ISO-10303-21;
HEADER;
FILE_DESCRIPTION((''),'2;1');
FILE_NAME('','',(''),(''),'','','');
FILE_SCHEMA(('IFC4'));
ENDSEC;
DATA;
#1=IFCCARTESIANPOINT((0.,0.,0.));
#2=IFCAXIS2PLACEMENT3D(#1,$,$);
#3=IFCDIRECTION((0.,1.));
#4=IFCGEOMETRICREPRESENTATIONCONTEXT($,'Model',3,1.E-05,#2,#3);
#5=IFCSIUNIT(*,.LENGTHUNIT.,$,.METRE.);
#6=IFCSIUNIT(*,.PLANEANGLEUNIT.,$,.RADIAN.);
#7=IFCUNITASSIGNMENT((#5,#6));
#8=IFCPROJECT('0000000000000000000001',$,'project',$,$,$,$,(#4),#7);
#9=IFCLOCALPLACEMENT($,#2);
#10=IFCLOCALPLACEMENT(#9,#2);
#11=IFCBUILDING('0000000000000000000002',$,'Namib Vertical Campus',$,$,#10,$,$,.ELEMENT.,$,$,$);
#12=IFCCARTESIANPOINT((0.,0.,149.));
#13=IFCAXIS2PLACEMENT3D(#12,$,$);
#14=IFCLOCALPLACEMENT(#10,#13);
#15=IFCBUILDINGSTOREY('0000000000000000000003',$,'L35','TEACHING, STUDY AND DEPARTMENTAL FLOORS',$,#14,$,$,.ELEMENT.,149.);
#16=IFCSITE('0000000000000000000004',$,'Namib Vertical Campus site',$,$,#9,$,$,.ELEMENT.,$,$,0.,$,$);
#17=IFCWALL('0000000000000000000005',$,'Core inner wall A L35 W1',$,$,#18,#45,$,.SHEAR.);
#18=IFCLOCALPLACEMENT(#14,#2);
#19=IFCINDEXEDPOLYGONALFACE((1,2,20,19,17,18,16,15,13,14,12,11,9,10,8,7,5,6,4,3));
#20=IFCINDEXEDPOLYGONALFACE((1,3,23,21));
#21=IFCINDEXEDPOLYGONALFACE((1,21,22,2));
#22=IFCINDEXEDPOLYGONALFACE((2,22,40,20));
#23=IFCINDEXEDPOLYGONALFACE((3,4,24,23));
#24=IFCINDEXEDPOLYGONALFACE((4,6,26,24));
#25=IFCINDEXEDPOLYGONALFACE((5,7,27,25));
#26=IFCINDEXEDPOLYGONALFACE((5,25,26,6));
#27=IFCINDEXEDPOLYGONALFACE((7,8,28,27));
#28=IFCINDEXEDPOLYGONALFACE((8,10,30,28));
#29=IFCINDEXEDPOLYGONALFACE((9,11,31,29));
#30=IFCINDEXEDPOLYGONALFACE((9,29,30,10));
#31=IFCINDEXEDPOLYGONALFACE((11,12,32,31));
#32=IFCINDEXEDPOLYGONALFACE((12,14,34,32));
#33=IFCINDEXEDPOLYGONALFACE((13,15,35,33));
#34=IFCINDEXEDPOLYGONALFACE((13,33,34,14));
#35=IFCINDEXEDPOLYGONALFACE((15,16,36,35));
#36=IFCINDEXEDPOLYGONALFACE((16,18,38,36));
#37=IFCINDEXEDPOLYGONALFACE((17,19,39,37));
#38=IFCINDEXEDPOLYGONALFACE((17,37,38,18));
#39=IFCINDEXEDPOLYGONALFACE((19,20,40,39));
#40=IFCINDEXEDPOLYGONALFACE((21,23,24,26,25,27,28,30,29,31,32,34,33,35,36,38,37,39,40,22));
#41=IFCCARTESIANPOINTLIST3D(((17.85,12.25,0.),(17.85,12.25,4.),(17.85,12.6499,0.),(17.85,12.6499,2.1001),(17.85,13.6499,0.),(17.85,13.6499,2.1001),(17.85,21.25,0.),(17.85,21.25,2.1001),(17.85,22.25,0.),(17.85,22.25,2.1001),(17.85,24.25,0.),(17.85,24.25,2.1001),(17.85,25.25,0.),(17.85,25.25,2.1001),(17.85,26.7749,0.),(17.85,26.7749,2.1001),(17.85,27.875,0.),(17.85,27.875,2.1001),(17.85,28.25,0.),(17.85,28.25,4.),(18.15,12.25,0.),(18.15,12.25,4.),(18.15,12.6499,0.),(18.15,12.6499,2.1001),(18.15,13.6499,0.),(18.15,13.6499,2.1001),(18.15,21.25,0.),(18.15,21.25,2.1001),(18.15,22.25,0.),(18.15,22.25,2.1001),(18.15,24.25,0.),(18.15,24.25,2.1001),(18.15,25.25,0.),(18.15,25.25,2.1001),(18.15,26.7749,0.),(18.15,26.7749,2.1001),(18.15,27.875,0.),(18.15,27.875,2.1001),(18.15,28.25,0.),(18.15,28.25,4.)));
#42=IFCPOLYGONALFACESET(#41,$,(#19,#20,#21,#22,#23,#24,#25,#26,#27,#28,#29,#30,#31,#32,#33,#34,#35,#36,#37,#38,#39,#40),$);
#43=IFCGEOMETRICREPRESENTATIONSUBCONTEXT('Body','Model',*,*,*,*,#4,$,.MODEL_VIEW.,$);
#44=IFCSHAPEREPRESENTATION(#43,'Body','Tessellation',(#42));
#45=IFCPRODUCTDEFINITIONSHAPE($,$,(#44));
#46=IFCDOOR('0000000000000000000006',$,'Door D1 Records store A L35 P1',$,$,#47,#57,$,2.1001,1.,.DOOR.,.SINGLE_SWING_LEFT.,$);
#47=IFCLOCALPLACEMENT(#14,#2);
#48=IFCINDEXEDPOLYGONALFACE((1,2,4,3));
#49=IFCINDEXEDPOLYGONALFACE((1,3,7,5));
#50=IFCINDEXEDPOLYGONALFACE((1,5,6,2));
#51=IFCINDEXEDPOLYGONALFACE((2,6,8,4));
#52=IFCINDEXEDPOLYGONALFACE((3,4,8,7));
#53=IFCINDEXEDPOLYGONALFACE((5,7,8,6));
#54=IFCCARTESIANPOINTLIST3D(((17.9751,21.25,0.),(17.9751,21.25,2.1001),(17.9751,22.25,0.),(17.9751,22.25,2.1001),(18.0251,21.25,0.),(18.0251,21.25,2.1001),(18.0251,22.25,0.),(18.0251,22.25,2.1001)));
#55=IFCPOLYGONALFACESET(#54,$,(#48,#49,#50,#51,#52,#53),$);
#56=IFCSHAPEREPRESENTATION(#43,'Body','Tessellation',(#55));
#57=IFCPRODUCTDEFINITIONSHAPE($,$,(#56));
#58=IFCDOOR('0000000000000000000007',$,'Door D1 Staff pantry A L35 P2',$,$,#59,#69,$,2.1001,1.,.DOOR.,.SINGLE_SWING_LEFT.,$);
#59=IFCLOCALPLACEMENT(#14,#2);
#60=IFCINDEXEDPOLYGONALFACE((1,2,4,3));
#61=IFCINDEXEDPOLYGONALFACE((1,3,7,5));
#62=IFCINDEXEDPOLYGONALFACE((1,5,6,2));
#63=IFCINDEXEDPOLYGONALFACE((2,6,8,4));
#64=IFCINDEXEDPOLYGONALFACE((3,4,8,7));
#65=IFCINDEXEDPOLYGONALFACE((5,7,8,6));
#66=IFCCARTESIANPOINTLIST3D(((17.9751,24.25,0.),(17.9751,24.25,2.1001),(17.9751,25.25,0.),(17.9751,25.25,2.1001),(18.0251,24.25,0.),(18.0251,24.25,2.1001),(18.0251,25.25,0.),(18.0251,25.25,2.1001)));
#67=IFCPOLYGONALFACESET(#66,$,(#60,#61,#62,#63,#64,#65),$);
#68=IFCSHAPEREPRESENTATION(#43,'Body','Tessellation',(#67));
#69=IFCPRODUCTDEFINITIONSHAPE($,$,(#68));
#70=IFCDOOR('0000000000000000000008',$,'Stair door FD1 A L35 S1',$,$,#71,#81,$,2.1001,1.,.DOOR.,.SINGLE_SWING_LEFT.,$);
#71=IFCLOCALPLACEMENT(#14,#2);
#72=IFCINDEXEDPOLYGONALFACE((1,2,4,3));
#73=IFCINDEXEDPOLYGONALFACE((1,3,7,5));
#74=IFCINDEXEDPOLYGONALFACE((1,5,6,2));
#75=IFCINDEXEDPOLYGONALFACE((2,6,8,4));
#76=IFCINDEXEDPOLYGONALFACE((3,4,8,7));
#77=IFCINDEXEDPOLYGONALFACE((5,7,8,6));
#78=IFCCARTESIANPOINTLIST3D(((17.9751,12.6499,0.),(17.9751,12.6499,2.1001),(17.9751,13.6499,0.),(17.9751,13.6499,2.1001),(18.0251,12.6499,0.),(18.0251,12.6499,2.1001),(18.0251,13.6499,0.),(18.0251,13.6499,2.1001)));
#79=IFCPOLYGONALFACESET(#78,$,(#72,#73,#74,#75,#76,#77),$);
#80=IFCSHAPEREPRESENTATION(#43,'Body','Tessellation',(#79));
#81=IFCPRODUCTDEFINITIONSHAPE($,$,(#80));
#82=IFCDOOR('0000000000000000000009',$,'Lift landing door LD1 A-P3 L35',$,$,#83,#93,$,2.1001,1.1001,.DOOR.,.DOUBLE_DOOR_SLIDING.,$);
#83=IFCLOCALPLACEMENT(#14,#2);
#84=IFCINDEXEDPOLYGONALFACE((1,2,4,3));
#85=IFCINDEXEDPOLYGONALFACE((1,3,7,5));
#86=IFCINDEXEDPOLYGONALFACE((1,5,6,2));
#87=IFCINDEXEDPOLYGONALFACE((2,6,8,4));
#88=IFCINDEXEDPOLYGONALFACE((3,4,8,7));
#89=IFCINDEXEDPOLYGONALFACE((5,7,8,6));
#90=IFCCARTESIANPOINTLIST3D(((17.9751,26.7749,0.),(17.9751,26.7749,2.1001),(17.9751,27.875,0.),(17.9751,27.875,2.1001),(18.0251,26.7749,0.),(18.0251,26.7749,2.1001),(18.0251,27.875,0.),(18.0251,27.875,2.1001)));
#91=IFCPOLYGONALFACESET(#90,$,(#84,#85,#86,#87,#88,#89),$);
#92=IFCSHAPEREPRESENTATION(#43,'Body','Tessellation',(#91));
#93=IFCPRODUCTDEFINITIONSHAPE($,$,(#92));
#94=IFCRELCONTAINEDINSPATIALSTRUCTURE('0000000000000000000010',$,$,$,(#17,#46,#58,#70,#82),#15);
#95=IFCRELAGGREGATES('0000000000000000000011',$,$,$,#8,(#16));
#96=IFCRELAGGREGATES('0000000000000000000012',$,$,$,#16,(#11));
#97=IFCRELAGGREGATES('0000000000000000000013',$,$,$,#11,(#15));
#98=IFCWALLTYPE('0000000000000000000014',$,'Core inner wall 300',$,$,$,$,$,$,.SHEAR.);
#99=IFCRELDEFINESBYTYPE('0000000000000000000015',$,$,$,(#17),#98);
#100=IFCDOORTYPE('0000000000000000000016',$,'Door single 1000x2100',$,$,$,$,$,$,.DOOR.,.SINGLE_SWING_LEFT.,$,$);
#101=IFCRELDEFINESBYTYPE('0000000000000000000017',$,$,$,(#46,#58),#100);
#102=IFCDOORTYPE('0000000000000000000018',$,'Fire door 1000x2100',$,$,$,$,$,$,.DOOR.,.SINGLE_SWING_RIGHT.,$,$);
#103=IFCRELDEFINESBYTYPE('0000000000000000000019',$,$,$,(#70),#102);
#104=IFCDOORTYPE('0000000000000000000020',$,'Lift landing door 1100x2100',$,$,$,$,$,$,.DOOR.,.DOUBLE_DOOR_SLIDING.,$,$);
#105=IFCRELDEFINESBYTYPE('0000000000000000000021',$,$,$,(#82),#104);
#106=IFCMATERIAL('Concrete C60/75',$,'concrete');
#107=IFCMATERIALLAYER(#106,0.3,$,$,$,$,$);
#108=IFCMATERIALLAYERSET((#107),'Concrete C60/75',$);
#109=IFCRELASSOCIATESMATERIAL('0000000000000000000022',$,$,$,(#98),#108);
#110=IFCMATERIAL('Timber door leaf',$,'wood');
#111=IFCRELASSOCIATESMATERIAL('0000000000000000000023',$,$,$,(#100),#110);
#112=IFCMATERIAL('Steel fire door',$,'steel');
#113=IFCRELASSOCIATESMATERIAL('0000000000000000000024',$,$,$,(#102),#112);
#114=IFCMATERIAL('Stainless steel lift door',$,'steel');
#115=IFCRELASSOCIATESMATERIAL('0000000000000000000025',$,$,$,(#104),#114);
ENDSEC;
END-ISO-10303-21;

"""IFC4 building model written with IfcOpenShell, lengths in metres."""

from ifc_helpers import new_model, si_unit, direction, frame, frame_2d, origin, place, context, subcontext, project, spatial, rectangle, extrude, material, layer, layer_set, type_object, element, fill, save


model = new_model("IFC4")

# Units and contexts
model_context = context("Model", 3, precision=1e-05, world=origin(), true_north=direction((0.0, 1.0)))
body_context = subcontext(model_context, "Body", "Model", "MODEL_VIEW")
ifc_project = project(units=[si_unit("LENGTHUNIT", "METRE"), si_unit("PLANEANGLEUNIT", "RADIAN")], contexts=[model_context])

# Site, building, storey
site_placement = place(None, origin())
site = spatial("IfcSite", under=ifc_project, at=site_placement, Name="Namib Vertical Campus site", CompositionType="ELEMENT", RefElevation=0.0)
building_placement = place(site_placement, origin())
building = spatial("IfcBuilding", under=site, at=building_placement, Name="Namib Vertical Campus", CompositionType="ELEMENT")
storey_placement = place(building_placement, frame((0.0, 0.0, 149.0)))
storey = spatial("IfcBuildingStorey", under=building, at=storey_placement, Name="L35", Description="TEACHING, STUDY AND DEPARTMENTAL FLOORS", CompositionType="ELEMENT", Elevation=149.0)

# Wall, openings, doors
ifc_material_1 = material(Name="Concrete C60/75", Category="concrete")
ifc_layer_1 = layer(ifc_material_1, 0.3)
ifc_layer_set_1 = layer_set([ifc_layer_1], Name="Concrete C60/75")
wall_type_1 = type_object("IfcWallType", Name="Core inner wall 300", PredefinedType="SHEAR", material=ifc_layer_set_1)
wall_1_placement = place(storey_placement, frame((18.0, 12.25, 0.0), z_axis=(0.0, 0.0, 1.0), x_axis=(0.0, 1.0, 0.0)))
wall_1 = element("IfcWall", 1, at=wall_1_placement, inside=storey, type_object=wall_type_1, Name="Core inner wall A L35 W1", PredefinedType="SHEAR", context=body_context, shape_type="SweptSolid", body=[
    extrude(rectangle(XDim=16.0, YDim=0.3, at=frame_2d((8.0, 0.0))), origin(), (0.0, 0.0, 1.0), 4.0),
])
opening_1_placement = place(wall_1_placement, frame((0.3999, 0.0, 0.0)))
opening_1 = element("IfcOpeningElement", 2, at=opening_1_placement, cuts=wall_1, PredefinedType="OPENING", context=body_context, shape_type="SweptSolid", body=[
    extrude(rectangle(XDim=1.0, YDim=2.1001, at=frame_2d((0.5, 1.05))), frame((0.0, 0.1599, 0.0), z_axis=(0.0, -1.0, 0.0), x_axis=(1.0, 0.0, 0.0)), (0.0, 0.0, 1.0), 0.3201),
])
opening_2_placement = place(wall_1_placement, frame((14.5249, 0.0, 0.0)))
opening_2 = element("IfcOpeningElement", 3, at=opening_2_placement, cuts=wall_1, PredefinedType="OPENING", context=body_context, shape_type="SweptSolid", body=[
    extrude(rectangle(XDim=1.1001, YDim=2.1001, at=frame_2d((0.55, 1.05))), frame((0.0, 0.1599, 0.0), z_axis=(0.0, -1.0, 0.0), x_axis=(1.0, 0.0, 0.0)), (0.0, 0.0, 1.0), 0.3201),
])
opening_3_placement = place(wall_1_placement, frame((9.0, 0.0, 0.0)))
opening_3 = element("IfcOpeningElement", 4, at=opening_3_placement, cuts=wall_1, PredefinedType="OPENING", context=body_context, shape_type="SweptSolid", body=[
    extrude(rectangle(XDim=1.0, YDim=2.1001, at=frame_2d((0.5, 1.05))), frame((0.0, 0.1599, 0.0), z_axis=(0.0, -1.0, 0.0), x_axis=(1.0, 0.0, 0.0)), (0.0, 0.0, 1.0), 0.3201),
])
opening_4_placement = place(wall_1_placement, frame((12.0, 0.0, 0.0)))
opening_4 = element("IfcOpeningElement", 5, at=opening_4_placement, cuts=wall_1, PredefinedType="OPENING", context=body_context, shape_type="SweptSolid", body=[
    extrude(rectangle(XDim=1.0, YDim=2.1001, at=frame_2d((0.5, 1.05))), frame((0.0, 0.1599, 0.0), z_axis=(0.0, -1.0, 0.0), x_axis=(1.0, 0.0, 0.0)), (0.0, 0.0, 1.0), 0.3201),
])
ifc_material_2 = material(Name="Timber door leaf", Category="wood")
door_type_1 = type_object("IfcDoorType", Name="Door single 1000x2100", OperationType="SINGLE_SWING_LEFT", PredefinedType="DOOR", material=ifc_material_2)
door_1_placement = place(opening_3_placement, origin())
door_1 = element("IfcDoor", 6, at=door_1_placement, inside=storey, type_object=door_type_1, Name="Door D1 Records store A L35 P1", OperationType="SINGLE_SWING_LEFT", OverallHeight=2.1001, OverallWidth=1.0, PredefinedType="DOOR", context=body_context, shape_type="SweptSolid", body=[
    extrude(rectangle(XDim=1.0, YDim=2.1001, at=frame_2d((0.5, 1.05))), frame((0.0, 0.0249, 0.0), z_axis=(0.0, -1.0, 0.0), x_axis=(1.0, 0.0, 0.0)), (0.0, 0.0, 1.0), 0.05),
])
fill(opening_3, door_1)
door_2_placement = place(opening_4_placement, origin())
door_2 = element("IfcDoor", 7, at=door_2_placement, inside=storey, type_object=door_type_1, Name="Door D1 Staff pantry A L35 P2", OperationType="SINGLE_SWING_LEFT", OverallHeight=2.1001, OverallWidth=1.0, PredefinedType="DOOR", context=body_context, shape_type="SweptSolid", body=[
    extrude(rectangle(XDim=1.0, YDim=2.1001, at=frame_2d((0.5, 1.05))), frame((0.0, 0.0249, 0.0), z_axis=(0.0, -1.0, 0.0), x_axis=(1.0, 0.0, 0.0)), (0.0, 0.0, 1.0), 0.05),
])
fill(opening_4, door_2)
ifc_material_3 = material(Name="Steel fire door", Category="steel")
door_type_2 = type_object("IfcDoorType", Name="Fire door 1000x2100", OperationType="SINGLE_SWING_RIGHT", PredefinedType="DOOR", material=ifc_material_3)
door_3_placement = place(opening_1_placement, origin())
door_3 = element("IfcDoor", 8, at=door_3_placement, inside=storey, type_object=door_type_2, Name="Stair door FD1 A L35 S1", OperationType="SINGLE_SWING_LEFT", OverallHeight=2.1001, OverallWidth=1.0, PredefinedType="DOOR", context=body_context, shape_type="SweptSolid", body=[
    extrude(rectangle(XDim=1.0, YDim=2.1001, at=frame_2d((0.5, 1.05))), frame((0.0, 0.0249, 0.0), z_axis=(0.0, -1.0, 0.0), x_axis=(1.0, 0.0, 0.0)), (0.0, 0.0, 1.0), 0.05),
])
fill(opening_1, door_3)
ifc_material_4 = material(Name="Stainless steel lift door", Category="steel")
door_type_3 = type_object("IfcDoorType", Name="Lift landing door 1100x2100", OperationType="DOUBLE_DOOR_SLIDING", PredefinedType="DOOR", material=ifc_material_4)
door_4_placement = place(opening_2_placement, origin())
door_4 = element("IfcDoor", 9, at=door_4_placement, inside=storey, type_object=door_type_3, Name="Lift landing door LD1 A-P3 L35", OperationType="DOUBLE_DOOR_SLIDING", OverallHeight=2.1001, OverallWidth=1.1001, PredefinedType="DOOR", context=body_context, shape_type="SweptSolid", body=[
    extrude(rectangle(XDim=1.1001, YDim=2.1001, at=frame_2d((0.55, 1.05))), frame((0.0, 0.0249, 0.0), z_axis=(0.0, -1.0, 0.0), x_axis=(1.0, 0.0, 0.0)), (0.0, 0.0, 1.0), 0.05),
])
fill(opening_2, door_4)

save(model, "model.ifc")
